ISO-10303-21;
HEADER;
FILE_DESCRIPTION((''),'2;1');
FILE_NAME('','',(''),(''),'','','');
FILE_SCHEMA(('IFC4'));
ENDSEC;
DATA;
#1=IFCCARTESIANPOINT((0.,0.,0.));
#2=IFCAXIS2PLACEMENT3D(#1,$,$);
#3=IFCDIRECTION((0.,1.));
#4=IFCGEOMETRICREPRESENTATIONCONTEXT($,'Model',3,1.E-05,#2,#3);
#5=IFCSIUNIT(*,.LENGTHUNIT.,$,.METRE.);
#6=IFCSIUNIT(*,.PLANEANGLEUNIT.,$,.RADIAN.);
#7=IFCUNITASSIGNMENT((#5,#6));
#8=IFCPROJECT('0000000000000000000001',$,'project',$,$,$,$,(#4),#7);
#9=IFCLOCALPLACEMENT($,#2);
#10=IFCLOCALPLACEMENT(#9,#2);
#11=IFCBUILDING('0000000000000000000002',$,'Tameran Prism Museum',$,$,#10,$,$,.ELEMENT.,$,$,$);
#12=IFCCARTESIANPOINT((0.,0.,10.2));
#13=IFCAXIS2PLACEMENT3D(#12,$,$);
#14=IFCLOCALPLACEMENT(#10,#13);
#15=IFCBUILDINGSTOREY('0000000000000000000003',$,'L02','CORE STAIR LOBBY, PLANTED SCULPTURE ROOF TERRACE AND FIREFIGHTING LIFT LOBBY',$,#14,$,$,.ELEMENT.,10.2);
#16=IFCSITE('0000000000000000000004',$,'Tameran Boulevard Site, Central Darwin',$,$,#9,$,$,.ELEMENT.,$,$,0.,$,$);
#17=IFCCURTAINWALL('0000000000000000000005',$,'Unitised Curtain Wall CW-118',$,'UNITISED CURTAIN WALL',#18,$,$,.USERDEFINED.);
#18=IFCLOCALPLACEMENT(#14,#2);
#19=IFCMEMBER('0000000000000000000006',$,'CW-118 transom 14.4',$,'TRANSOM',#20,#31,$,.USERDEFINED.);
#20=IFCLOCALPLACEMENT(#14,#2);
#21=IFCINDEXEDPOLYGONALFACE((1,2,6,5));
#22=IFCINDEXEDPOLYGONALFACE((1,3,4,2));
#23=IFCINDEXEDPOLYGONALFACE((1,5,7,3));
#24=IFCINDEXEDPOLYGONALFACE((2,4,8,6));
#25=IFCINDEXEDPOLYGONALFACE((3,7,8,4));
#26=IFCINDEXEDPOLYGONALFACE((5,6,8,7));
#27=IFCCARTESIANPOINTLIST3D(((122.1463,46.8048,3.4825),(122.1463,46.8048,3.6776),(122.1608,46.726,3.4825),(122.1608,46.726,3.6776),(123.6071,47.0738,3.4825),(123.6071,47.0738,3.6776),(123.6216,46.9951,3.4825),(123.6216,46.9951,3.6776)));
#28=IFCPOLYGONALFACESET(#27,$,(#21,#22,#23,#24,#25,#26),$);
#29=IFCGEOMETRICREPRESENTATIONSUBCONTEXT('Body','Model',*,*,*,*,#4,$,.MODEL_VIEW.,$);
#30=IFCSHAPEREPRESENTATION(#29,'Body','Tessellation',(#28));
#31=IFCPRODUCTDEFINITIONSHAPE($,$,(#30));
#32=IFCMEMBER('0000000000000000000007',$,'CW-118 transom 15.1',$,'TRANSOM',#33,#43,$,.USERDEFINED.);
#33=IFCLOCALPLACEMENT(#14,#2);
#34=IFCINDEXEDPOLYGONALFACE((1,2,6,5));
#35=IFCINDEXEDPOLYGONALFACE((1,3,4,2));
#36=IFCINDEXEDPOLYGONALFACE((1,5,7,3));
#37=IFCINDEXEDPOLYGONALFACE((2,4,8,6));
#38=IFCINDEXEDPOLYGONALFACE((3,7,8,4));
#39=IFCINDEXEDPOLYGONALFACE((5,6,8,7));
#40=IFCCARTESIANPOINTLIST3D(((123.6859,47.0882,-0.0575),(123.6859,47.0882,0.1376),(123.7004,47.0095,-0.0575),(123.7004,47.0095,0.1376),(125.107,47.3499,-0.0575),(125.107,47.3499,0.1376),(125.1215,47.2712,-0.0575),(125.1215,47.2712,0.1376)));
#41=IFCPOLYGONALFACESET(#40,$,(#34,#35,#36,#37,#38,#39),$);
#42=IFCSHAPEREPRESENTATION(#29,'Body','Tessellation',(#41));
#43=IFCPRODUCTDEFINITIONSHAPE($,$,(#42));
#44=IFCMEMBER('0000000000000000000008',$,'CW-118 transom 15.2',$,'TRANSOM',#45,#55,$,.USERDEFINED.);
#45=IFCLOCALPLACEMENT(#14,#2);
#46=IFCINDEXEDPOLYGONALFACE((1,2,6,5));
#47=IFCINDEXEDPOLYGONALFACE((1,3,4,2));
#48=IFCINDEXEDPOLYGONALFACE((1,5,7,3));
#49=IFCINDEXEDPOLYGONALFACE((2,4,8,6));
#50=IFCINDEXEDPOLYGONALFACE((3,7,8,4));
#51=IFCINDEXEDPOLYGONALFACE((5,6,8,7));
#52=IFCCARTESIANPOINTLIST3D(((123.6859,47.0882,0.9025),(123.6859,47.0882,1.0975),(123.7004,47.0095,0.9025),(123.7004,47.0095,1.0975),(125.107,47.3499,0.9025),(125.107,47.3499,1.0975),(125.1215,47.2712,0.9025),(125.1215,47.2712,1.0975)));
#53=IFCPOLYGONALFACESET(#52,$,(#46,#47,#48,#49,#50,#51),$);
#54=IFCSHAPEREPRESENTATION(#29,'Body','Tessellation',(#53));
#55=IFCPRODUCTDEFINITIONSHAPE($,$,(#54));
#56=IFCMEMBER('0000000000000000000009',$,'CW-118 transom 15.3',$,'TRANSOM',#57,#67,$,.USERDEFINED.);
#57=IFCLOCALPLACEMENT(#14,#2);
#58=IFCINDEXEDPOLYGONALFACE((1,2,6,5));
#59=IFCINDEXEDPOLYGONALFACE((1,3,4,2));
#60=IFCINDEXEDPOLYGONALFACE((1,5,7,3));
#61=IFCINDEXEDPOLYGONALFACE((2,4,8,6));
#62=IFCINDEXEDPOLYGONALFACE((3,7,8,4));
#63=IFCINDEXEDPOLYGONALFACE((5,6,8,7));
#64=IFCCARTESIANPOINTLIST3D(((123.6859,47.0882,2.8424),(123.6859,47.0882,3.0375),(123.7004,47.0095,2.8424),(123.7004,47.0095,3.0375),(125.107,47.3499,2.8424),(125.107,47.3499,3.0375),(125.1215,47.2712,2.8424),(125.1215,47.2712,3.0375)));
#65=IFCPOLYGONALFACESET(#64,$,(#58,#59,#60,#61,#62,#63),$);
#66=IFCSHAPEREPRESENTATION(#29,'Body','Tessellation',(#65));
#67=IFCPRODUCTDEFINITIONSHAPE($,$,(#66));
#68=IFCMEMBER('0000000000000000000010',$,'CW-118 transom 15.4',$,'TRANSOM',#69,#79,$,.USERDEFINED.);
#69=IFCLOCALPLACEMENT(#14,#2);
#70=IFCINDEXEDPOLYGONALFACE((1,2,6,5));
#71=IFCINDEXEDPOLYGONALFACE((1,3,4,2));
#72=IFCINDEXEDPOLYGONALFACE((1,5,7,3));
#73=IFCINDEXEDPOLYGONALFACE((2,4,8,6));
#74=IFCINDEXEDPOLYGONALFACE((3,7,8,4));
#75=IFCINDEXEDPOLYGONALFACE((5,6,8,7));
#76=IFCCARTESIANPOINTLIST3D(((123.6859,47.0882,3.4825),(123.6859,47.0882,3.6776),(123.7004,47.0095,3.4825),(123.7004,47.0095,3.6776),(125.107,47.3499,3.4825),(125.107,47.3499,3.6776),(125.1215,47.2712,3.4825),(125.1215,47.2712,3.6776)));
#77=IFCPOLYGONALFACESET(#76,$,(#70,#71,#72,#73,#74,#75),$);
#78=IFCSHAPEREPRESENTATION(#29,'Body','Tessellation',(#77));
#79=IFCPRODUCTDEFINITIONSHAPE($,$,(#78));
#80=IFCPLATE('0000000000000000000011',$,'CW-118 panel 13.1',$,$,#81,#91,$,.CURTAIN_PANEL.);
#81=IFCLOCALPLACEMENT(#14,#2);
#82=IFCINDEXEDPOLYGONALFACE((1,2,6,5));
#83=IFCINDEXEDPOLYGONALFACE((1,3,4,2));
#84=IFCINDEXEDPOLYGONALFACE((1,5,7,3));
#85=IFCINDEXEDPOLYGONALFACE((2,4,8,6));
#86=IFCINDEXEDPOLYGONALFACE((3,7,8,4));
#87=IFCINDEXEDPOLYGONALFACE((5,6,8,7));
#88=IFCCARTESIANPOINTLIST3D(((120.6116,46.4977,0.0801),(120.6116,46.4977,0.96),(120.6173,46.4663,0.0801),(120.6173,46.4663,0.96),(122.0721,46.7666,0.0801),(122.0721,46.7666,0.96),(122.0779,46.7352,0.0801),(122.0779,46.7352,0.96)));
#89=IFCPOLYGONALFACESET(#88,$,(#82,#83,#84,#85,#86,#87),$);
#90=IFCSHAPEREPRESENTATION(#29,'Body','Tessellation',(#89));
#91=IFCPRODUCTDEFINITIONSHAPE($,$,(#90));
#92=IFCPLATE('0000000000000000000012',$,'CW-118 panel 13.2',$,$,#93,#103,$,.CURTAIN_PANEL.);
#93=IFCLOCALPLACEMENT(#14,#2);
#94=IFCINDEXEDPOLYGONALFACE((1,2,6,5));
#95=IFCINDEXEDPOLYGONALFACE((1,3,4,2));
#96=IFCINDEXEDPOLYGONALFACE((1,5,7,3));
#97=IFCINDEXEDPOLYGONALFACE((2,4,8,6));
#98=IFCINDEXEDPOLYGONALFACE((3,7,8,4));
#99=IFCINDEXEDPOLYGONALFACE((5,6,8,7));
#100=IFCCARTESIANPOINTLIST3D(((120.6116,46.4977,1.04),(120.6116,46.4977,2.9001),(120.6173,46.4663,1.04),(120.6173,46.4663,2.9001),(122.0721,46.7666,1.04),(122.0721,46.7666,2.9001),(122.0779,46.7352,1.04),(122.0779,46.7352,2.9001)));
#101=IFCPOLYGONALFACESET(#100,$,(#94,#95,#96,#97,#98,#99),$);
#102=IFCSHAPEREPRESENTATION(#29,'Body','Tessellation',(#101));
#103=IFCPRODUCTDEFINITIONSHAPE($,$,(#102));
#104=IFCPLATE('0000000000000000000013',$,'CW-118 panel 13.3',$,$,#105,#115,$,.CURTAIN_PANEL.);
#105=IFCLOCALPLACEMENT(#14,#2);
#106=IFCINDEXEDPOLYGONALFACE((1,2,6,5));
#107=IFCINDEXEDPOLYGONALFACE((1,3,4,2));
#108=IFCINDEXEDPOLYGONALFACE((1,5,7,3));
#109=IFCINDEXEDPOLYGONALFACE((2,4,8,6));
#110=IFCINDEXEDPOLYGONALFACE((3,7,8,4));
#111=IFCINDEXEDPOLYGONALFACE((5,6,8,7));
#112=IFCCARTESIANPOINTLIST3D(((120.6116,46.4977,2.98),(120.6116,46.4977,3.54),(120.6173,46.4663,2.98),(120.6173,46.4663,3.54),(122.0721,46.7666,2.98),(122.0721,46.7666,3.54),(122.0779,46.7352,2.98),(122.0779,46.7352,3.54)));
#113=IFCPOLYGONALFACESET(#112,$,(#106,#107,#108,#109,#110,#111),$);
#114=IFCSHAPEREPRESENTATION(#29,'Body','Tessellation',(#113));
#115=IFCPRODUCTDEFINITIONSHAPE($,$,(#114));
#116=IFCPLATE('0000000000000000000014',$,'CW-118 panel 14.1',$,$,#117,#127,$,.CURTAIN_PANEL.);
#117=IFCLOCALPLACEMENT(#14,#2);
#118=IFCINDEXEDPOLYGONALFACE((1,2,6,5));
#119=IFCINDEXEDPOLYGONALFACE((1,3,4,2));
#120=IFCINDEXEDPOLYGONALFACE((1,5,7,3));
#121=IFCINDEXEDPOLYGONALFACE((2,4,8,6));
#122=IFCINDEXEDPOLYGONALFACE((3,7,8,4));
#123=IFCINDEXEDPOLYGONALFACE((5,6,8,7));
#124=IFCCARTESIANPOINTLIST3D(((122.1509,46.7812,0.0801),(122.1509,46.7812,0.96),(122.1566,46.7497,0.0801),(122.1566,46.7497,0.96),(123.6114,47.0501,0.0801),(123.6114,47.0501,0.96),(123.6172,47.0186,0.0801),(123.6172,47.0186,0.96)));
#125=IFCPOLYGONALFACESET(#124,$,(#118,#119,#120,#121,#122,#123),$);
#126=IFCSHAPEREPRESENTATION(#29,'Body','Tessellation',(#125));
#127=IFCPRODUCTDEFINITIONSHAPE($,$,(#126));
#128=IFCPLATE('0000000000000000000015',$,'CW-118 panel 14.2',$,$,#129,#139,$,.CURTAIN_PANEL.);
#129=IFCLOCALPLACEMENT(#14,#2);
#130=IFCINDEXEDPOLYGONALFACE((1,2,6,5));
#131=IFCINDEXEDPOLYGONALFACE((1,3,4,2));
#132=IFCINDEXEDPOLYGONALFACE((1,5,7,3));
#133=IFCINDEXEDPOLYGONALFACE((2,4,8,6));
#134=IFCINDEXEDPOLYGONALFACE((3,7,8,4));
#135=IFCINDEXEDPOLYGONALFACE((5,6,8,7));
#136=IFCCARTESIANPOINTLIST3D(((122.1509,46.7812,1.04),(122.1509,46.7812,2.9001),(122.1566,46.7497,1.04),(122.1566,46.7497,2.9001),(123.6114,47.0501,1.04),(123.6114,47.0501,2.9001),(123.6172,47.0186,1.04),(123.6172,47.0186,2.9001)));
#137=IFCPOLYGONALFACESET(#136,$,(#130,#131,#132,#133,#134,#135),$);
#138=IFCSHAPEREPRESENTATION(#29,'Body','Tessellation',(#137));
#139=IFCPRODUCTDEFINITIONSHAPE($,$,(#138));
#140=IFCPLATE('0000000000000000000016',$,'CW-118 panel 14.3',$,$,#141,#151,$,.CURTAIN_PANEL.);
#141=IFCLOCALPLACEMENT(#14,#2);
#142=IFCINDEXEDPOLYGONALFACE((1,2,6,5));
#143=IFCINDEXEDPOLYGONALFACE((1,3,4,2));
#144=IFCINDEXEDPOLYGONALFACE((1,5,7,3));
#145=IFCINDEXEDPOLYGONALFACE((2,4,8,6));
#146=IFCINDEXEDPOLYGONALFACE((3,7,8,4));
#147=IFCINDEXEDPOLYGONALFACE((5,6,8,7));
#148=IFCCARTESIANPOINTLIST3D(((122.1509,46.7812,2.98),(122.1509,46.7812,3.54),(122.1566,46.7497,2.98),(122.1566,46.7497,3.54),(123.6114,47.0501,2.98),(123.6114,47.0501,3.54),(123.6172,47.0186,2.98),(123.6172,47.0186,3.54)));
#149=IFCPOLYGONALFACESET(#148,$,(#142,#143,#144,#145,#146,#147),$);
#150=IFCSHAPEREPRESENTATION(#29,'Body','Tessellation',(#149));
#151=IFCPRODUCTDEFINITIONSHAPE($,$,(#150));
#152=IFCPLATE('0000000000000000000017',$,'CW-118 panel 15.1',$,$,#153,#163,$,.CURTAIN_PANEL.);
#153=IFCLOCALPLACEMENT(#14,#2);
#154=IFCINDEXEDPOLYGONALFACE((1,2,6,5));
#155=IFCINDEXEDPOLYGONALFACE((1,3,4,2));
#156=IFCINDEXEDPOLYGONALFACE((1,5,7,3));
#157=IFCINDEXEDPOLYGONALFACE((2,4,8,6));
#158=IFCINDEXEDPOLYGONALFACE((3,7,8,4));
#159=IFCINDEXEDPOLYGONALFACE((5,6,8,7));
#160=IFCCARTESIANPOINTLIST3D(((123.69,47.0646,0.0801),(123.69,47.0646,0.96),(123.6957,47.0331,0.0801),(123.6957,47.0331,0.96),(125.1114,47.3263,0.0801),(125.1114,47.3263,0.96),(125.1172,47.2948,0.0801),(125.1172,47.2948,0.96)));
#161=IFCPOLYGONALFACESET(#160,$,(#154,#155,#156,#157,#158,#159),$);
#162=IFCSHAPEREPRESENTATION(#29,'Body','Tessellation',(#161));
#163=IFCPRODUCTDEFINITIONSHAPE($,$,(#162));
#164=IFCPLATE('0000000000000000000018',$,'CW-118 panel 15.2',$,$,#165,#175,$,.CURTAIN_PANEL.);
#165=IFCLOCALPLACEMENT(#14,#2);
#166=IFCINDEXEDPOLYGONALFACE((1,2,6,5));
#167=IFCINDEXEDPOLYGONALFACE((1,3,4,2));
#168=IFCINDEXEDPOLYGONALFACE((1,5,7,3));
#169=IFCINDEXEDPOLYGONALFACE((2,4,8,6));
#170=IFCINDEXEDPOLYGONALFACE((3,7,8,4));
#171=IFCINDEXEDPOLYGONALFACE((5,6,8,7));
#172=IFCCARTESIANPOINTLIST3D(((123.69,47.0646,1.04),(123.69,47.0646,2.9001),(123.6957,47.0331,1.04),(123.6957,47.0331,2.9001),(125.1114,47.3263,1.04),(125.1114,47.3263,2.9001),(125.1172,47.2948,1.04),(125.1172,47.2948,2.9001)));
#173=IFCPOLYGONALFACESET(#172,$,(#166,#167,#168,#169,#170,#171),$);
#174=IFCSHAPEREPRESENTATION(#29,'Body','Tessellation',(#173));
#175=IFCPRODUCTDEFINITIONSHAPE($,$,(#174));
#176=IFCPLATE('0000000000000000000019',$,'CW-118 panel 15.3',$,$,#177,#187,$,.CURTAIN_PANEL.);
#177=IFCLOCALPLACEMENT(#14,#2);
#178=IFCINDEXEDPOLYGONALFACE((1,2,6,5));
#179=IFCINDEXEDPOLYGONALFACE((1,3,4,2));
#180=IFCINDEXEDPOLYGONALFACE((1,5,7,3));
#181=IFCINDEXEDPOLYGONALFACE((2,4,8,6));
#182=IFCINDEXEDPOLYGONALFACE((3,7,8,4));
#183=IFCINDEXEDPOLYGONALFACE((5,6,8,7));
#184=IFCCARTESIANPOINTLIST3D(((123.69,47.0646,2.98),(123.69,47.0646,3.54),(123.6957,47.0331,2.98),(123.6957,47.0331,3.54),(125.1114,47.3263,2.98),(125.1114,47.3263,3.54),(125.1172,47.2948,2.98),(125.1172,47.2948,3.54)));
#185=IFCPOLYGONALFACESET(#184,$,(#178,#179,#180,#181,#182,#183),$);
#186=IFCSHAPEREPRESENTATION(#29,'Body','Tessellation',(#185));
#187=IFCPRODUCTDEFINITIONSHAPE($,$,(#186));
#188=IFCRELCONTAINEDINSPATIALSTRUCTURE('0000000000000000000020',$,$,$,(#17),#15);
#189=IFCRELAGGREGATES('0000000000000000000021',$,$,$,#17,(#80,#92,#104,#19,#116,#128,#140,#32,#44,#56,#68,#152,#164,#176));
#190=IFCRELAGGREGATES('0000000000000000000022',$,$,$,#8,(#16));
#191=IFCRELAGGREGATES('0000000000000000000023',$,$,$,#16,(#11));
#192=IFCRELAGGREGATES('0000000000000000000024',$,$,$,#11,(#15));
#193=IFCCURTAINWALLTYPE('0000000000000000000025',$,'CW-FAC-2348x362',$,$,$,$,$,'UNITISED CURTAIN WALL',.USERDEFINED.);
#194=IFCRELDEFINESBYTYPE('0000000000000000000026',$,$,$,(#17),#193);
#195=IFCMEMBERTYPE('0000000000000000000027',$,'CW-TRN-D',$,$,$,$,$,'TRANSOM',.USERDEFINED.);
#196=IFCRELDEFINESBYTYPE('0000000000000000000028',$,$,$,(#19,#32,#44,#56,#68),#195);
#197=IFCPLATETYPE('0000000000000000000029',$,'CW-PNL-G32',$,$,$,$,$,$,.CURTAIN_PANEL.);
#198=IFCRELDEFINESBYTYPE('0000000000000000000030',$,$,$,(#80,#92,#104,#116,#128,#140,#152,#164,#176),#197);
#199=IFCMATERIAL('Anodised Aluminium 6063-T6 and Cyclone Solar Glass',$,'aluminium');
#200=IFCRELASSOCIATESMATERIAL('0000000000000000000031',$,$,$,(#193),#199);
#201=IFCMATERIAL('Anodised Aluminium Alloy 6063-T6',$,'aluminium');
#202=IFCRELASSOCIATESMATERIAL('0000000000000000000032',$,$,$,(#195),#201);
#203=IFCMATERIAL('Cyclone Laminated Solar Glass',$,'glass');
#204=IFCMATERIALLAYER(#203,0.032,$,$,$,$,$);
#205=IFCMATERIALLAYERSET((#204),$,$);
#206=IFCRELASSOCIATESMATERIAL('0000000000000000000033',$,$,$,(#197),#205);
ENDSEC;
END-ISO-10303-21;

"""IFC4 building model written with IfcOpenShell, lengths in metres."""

from ifc_helpers import new_model, si_unit, direction, frame, origin, origin_2d, place, context, subcontext, project, spatial, rectangle, extrude, material, layer, layer_set, material_profile, profile_set, type_object, element, aggregate, save


model = new_model("IFC4")

# Units and contexts
model_context = context("Model", 3, precision=1e-05, world=origin(), true_north=direction((0.0, 1.0)))
body_context = subcontext(model_context, "Body", "Model", "MODEL_VIEW")
ifc_project = project(units=[si_unit("LENGTHUNIT", "METRE"), si_unit("PLANEANGLEUNIT", "RADIAN")], contexts=[model_context])

# Site, building, storey
site_placement = place(None, origin())
site = spatial("IfcSite", under=ifc_project, at=site_placement, Name="Tameran Boulevard Site, Central Darwin", CompositionType="ELEMENT", RefElevation=0.0)
building_placement = place(site_placement, origin())
building = spatial("IfcBuilding", under=site, at=building_placement, Name="Tameran Prism Museum", CompositionType="ELEMENT")
storey_placement = place(building_placement, frame((0.0, 0.0, 10.2)))
storey = spatial("IfcBuildingStorey", under=building, at=storey_placement, Name="L02", Description="CORE STAIR LOBBY, PLANTED SCULPTURE ROOF TERRACE AND FIREFIGHTING LIFT LOBBY", CompositionType="ELEMENT", Elevation=10.2)

# Curtain wall, members, plates
ifc_material_1 = material(Name="Anodised Aluminium 6063-T6 and Cyclone Solar Glass", Category="aluminium")
curtain_wall_type = type_object("IfcCurtainWallType", Name="CW-FAC-2348x362", ElementType="UNITISED CURTAIN WALL", PredefinedType="USERDEFINED", material=ifc_material_1)
curtain_wall_placement = place(storey_placement, origin())
curtain_wall = element("IfcCurtainWall", 1, at=curtain_wall_placement, inside=storey, type_object=curtain_wall_type, Name="Unitised Curtain Wall CW-118", ObjectType="UNITISED CURTAIN WALL", PredefinedType="USERDEFINED")
ifc_material_2 = material(Name="Anodised Aluminium Alloy 6063-T6", Category="aluminium")
ifc_material_profile_1 = material_profile(ifc_material_2, rectangle(XDim=0.0801, YDim=0.1951, at=origin_2d()))
ifc_profile_set_1 = profile_set([ifc_material_profile_1])
member_type_1 = type_object("IfcMemberType", Name="CW-TRN-D", ElementType="TRANSOM", PredefinedType="USERDEFINED", material=ifc_profile_set_1)
member_1_placement = place(storey_placement, frame((122.1536, 46.7654, 3.5801), z_axis=(0.983457, 0.181142, 0.0), x_axis=(-0.181142, 0.983457, 0.0)))
member_1 = element("IfcMember", 2, at=member_1_placement, type_object=member_type_1, Name="CW-118 transom 14.4", ObjectType="TRANSOM", PredefinedType="USERDEFINED", context=body_context, shape_type="SweptSolid", body=[
    extrude(rectangle(XDim=0.0801, YDim=0.1951, at=origin_2d()), origin(), (0.0, 0.0, 1.0), 1.4854),
])
member_2_placement = place(storey_placement, frame((123.6931, 47.0488, 0.04), z_axis=(0.983462, 0.181115, 0.0), x_axis=(-0.181115, 0.983462, 0.0)))
member_2 = element("IfcMember", 3, at=member_2_placement, type_object=member_type_1, Name="CW-118 transom 15.1", ObjectType="TRANSOM", PredefinedType="USERDEFINED", context=body_context, shape_type="SweptSolid", body=[
    extrude(rectangle(XDim=0.0801, YDim=0.1951, at=origin_2d()), origin(), (0.0, 0.0, 1.0), 1.4451),
])
member_3_placement = place(storey_placement, frame((123.6931, 47.0488, 1.0), z_axis=(0.983462, 0.181115, 0.0), x_axis=(-0.181115, 0.983462, 0.0)))
member_3 = element("IfcMember", 4, at=member_3_placement, type_object=member_type_1, Name="CW-118 transom 15.2", ObjectType="TRANSOM", PredefinedType="USERDEFINED", context=body_context, shape_type="SweptSolid", body=[
    extrude(rectangle(XDim=0.0801, YDim=0.1951, at=origin_2d()), origin(), (0.0, 0.0, 1.0), 1.4451),
])
member_4_placement = place(storey_placement, frame((123.6931, 47.0488, 2.9399), z_axis=(0.983462, 0.181115, 0.0), x_axis=(-0.181115, 0.983462, 0.0)))
member_4 = element("IfcMember", 5, at=member_4_placement, type_object=member_type_1, Name="CW-118 transom 15.3", ObjectType="TRANSOM", PredefinedType="USERDEFINED", context=body_context, shape_type="SweptSolid", body=[
    extrude(rectangle(XDim=0.0801, YDim=0.1951, at=origin_2d()), origin(), (0.0, 0.0, 1.0), 1.4451),
])
member_5_placement = place(storey_placement, frame((123.6931, 47.0488, 3.5801), z_axis=(0.983462, 0.181115, 0.0), x_axis=(-0.181115, 0.983462, 0.0)))
member_5 = element("IfcMember", 6, at=member_5_placement, type_object=member_type_1, Name="CW-118 transom 15.4", ObjectType="TRANSOM", PredefinedType="USERDEFINED", context=body_context, shape_type="SweptSolid", body=[
    extrude(rectangle(XDim=0.0801, YDim=0.1951, at=origin_2d()), origin(), (0.0, 0.0, 1.0), 1.4451),
])
ifc_material_3 = material(Name="Cyclone Laminated Solar Glass", Category="glass")
ifc_layer_1 = layer(ifc_material_3, 0.032)
ifc_layer_set_1 = layer_set([ifc_layer_1])
plate_type = type_object("IfcPlateType", Name="CW-PNL-G32", PredefinedType="CURTAIN_PANEL", material=ifc_layer_set_1)
plate_1_placement = place(storey_placement, frame((121.3447, 46.6165, 0.0801), z_axis=(0.0, 0.0, 1.0), x_axis=(0.983472, 0.181063, 0.0)))
plate_1 = element("IfcPlate", 7, at=plate_1_placement, type_object=plate_type, Name="CW-118 panel 13.1", PredefinedType="CURTAIN_PANEL", context=body_context, shape_type="SweptSolid", body=[
    extrude(rectangle(XDim=1.4851, YDim=0.032, at=origin_2d()), origin(), (0.0, 0.0, 1.0), 0.8799),
])
plate_2_placement = place(storey_placement, frame((121.3447, 46.6165, 1.04), z_axis=(0.0, 0.0, 1.0), x_axis=(0.983472, 0.181063, 0.0)))
plate_2 = element("IfcPlate", 8, at=plate_2_placement, type_object=plate_type, Name="CW-118 panel 13.2", PredefinedType="CURTAIN_PANEL", context=body_context, shape_type="SweptSolid", body=[
    extrude(rectangle(XDim=1.4851, YDim=0.032, at=origin_2d()), origin(), (0.0, 0.0, 1.0), 1.8601),
])
plate_3_placement = place(storey_placement, frame((121.3447, 46.6165, 2.98), z_axis=(0.0, 0.0, 1.0), x_axis=(0.983472, 0.181063, 0.0)))
plate_3 = element("IfcPlate", 9, at=plate_3_placement, type_object=plate_type, Name="CW-118 panel 13.3", PredefinedType="CURTAIN_PANEL", context=body_context, shape_type="SweptSolid", body=[
    extrude(rectangle(XDim=1.4851, YDim=0.032, at=origin_2d()), origin(), (0.0, 0.0, 1.0), 0.5601),
])
plate_4_placement = place(storey_placement, frame((122.884, 46.8999, 0.0801), z_axis=(0.0, 0.0, 1.0), x_axis=(0.983472, 0.181063, 0.0)))
plate_4 = element("IfcPlate", 10, at=plate_4_placement, type_object=plate_type, Name="CW-118 panel 14.1", PredefinedType="CURTAIN_PANEL", context=body_context, shape_type="SweptSolid", body=[
    extrude(rectangle(XDim=1.4851, YDim=0.032, at=origin_2d()), origin(), (0.0, 0.0, 1.0), 0.8799),
])
plate_5_placement = place(storey_placement, frame((122.884, 46.8999, 1.04), z_axis=(0.0, 0.0, 1.0), x_axis=(0.983472, 0.181063, 0.0)))
plate_5 = element("IfcPlate", 11, at=plate_5_placement, type_object=plate_type, Name="CW-118 panel 14.2", PredefinedType="CURTAIN_PANEL", context=body_context, shape_type="SweptSolid", body=[
    extrude(rectangle(XDim=1.4851, YDim=0.032, at=origin_2d()), origin(), (0.0, 0.0, 1.0), 1.8601),
])
plate_6_placement = place(storey_placement, frame((122.884, 46.8999, 2.98), z_axis=(0.0, 0.0, 1.0), x_axis=(0.983472, 0.181063, 0.0)))
plate_6 = element("IfcPlate", 12, at=plate_6_placement, type_object=plate_type, Name="CW-118 panel 14.3", PredefinedType="CURTAIN_PANEL", context=body_context, shape_type="SweptSolid", body=[
    extrude(rectangle(XDim=1.4851, YDim=0.032, at=origin_2d()), origin(), (0.0, 0.0, 1.0), 0.5601),
])
plate_7_placement = place(storey_placement, frame((124.4036, 47.1797, 0.0801), z_axis=(0.0, 0.0, 1.0), x_axis=(0.983472, 0.181063, 0.0)))
plate_7 = element("IfcPlate", 13, at=plate_7_placement, type_object=plate_type, Name="CW-118 panel 15.1", PredefinedType="CURTAIN_PANEL", context=body_context, shape_type="SweptSolid", body=[
    extrude(rectangle(XDim=1.4453, YDim=0.032, at=origin_2d()), origin(), (0.0, 0.0, 1.0), 0.8799),
])
plate_8_placement = place(storey_placement, frame((124.4036, 47.1797, 1.04), z_axis=(0.0, 0.0, 1.0), x_axis=(0.983472, 0.181063, 0.0)))
plate_8 = element("IfcPlate", 14, at=plate_8_placement, type_object=plate_type, Name="CW-118 panel 15.2", PredefinedType="CURTAIN_PANEL", context=body_context, shape_type="SweptSolid", body=[
    extrude(rectangle(XDim=1.4453, YDim=0.032, at=origin_2d()), origin(), (0.0, 0.0, 1.0), 1.8601),
])
plate_9_placement = place(storey_placement, frame((124.4036, 47.1797, 2.98), z_axis=(0.0, 0.0, 1.0), x_axis=(0.983472, 0.181063, 0.0)))
plate_9 = element("IfcPlate", 15, at=plate_9_placement, type_object=plate_type, Name="CW-118 panel 15.3", PredefinedType="CURTAIN_PANEL", context=body_context, shape_type="SweptSolid", body=[
    extrude(rectangle(XDim=1.4453, YDim=0.032, at=origin_2d()), origin(), (0.0, 0.0, 1.0), 0.5601),
])
aggregate(curtain_wall, [plate_1, plate_2, plate_3, member_1, plate_4, plate_5, plate_6, member_2, member_3, member_4, member_5, plate_7, plate_8, plate_9])

save(model, "model.ifc")
